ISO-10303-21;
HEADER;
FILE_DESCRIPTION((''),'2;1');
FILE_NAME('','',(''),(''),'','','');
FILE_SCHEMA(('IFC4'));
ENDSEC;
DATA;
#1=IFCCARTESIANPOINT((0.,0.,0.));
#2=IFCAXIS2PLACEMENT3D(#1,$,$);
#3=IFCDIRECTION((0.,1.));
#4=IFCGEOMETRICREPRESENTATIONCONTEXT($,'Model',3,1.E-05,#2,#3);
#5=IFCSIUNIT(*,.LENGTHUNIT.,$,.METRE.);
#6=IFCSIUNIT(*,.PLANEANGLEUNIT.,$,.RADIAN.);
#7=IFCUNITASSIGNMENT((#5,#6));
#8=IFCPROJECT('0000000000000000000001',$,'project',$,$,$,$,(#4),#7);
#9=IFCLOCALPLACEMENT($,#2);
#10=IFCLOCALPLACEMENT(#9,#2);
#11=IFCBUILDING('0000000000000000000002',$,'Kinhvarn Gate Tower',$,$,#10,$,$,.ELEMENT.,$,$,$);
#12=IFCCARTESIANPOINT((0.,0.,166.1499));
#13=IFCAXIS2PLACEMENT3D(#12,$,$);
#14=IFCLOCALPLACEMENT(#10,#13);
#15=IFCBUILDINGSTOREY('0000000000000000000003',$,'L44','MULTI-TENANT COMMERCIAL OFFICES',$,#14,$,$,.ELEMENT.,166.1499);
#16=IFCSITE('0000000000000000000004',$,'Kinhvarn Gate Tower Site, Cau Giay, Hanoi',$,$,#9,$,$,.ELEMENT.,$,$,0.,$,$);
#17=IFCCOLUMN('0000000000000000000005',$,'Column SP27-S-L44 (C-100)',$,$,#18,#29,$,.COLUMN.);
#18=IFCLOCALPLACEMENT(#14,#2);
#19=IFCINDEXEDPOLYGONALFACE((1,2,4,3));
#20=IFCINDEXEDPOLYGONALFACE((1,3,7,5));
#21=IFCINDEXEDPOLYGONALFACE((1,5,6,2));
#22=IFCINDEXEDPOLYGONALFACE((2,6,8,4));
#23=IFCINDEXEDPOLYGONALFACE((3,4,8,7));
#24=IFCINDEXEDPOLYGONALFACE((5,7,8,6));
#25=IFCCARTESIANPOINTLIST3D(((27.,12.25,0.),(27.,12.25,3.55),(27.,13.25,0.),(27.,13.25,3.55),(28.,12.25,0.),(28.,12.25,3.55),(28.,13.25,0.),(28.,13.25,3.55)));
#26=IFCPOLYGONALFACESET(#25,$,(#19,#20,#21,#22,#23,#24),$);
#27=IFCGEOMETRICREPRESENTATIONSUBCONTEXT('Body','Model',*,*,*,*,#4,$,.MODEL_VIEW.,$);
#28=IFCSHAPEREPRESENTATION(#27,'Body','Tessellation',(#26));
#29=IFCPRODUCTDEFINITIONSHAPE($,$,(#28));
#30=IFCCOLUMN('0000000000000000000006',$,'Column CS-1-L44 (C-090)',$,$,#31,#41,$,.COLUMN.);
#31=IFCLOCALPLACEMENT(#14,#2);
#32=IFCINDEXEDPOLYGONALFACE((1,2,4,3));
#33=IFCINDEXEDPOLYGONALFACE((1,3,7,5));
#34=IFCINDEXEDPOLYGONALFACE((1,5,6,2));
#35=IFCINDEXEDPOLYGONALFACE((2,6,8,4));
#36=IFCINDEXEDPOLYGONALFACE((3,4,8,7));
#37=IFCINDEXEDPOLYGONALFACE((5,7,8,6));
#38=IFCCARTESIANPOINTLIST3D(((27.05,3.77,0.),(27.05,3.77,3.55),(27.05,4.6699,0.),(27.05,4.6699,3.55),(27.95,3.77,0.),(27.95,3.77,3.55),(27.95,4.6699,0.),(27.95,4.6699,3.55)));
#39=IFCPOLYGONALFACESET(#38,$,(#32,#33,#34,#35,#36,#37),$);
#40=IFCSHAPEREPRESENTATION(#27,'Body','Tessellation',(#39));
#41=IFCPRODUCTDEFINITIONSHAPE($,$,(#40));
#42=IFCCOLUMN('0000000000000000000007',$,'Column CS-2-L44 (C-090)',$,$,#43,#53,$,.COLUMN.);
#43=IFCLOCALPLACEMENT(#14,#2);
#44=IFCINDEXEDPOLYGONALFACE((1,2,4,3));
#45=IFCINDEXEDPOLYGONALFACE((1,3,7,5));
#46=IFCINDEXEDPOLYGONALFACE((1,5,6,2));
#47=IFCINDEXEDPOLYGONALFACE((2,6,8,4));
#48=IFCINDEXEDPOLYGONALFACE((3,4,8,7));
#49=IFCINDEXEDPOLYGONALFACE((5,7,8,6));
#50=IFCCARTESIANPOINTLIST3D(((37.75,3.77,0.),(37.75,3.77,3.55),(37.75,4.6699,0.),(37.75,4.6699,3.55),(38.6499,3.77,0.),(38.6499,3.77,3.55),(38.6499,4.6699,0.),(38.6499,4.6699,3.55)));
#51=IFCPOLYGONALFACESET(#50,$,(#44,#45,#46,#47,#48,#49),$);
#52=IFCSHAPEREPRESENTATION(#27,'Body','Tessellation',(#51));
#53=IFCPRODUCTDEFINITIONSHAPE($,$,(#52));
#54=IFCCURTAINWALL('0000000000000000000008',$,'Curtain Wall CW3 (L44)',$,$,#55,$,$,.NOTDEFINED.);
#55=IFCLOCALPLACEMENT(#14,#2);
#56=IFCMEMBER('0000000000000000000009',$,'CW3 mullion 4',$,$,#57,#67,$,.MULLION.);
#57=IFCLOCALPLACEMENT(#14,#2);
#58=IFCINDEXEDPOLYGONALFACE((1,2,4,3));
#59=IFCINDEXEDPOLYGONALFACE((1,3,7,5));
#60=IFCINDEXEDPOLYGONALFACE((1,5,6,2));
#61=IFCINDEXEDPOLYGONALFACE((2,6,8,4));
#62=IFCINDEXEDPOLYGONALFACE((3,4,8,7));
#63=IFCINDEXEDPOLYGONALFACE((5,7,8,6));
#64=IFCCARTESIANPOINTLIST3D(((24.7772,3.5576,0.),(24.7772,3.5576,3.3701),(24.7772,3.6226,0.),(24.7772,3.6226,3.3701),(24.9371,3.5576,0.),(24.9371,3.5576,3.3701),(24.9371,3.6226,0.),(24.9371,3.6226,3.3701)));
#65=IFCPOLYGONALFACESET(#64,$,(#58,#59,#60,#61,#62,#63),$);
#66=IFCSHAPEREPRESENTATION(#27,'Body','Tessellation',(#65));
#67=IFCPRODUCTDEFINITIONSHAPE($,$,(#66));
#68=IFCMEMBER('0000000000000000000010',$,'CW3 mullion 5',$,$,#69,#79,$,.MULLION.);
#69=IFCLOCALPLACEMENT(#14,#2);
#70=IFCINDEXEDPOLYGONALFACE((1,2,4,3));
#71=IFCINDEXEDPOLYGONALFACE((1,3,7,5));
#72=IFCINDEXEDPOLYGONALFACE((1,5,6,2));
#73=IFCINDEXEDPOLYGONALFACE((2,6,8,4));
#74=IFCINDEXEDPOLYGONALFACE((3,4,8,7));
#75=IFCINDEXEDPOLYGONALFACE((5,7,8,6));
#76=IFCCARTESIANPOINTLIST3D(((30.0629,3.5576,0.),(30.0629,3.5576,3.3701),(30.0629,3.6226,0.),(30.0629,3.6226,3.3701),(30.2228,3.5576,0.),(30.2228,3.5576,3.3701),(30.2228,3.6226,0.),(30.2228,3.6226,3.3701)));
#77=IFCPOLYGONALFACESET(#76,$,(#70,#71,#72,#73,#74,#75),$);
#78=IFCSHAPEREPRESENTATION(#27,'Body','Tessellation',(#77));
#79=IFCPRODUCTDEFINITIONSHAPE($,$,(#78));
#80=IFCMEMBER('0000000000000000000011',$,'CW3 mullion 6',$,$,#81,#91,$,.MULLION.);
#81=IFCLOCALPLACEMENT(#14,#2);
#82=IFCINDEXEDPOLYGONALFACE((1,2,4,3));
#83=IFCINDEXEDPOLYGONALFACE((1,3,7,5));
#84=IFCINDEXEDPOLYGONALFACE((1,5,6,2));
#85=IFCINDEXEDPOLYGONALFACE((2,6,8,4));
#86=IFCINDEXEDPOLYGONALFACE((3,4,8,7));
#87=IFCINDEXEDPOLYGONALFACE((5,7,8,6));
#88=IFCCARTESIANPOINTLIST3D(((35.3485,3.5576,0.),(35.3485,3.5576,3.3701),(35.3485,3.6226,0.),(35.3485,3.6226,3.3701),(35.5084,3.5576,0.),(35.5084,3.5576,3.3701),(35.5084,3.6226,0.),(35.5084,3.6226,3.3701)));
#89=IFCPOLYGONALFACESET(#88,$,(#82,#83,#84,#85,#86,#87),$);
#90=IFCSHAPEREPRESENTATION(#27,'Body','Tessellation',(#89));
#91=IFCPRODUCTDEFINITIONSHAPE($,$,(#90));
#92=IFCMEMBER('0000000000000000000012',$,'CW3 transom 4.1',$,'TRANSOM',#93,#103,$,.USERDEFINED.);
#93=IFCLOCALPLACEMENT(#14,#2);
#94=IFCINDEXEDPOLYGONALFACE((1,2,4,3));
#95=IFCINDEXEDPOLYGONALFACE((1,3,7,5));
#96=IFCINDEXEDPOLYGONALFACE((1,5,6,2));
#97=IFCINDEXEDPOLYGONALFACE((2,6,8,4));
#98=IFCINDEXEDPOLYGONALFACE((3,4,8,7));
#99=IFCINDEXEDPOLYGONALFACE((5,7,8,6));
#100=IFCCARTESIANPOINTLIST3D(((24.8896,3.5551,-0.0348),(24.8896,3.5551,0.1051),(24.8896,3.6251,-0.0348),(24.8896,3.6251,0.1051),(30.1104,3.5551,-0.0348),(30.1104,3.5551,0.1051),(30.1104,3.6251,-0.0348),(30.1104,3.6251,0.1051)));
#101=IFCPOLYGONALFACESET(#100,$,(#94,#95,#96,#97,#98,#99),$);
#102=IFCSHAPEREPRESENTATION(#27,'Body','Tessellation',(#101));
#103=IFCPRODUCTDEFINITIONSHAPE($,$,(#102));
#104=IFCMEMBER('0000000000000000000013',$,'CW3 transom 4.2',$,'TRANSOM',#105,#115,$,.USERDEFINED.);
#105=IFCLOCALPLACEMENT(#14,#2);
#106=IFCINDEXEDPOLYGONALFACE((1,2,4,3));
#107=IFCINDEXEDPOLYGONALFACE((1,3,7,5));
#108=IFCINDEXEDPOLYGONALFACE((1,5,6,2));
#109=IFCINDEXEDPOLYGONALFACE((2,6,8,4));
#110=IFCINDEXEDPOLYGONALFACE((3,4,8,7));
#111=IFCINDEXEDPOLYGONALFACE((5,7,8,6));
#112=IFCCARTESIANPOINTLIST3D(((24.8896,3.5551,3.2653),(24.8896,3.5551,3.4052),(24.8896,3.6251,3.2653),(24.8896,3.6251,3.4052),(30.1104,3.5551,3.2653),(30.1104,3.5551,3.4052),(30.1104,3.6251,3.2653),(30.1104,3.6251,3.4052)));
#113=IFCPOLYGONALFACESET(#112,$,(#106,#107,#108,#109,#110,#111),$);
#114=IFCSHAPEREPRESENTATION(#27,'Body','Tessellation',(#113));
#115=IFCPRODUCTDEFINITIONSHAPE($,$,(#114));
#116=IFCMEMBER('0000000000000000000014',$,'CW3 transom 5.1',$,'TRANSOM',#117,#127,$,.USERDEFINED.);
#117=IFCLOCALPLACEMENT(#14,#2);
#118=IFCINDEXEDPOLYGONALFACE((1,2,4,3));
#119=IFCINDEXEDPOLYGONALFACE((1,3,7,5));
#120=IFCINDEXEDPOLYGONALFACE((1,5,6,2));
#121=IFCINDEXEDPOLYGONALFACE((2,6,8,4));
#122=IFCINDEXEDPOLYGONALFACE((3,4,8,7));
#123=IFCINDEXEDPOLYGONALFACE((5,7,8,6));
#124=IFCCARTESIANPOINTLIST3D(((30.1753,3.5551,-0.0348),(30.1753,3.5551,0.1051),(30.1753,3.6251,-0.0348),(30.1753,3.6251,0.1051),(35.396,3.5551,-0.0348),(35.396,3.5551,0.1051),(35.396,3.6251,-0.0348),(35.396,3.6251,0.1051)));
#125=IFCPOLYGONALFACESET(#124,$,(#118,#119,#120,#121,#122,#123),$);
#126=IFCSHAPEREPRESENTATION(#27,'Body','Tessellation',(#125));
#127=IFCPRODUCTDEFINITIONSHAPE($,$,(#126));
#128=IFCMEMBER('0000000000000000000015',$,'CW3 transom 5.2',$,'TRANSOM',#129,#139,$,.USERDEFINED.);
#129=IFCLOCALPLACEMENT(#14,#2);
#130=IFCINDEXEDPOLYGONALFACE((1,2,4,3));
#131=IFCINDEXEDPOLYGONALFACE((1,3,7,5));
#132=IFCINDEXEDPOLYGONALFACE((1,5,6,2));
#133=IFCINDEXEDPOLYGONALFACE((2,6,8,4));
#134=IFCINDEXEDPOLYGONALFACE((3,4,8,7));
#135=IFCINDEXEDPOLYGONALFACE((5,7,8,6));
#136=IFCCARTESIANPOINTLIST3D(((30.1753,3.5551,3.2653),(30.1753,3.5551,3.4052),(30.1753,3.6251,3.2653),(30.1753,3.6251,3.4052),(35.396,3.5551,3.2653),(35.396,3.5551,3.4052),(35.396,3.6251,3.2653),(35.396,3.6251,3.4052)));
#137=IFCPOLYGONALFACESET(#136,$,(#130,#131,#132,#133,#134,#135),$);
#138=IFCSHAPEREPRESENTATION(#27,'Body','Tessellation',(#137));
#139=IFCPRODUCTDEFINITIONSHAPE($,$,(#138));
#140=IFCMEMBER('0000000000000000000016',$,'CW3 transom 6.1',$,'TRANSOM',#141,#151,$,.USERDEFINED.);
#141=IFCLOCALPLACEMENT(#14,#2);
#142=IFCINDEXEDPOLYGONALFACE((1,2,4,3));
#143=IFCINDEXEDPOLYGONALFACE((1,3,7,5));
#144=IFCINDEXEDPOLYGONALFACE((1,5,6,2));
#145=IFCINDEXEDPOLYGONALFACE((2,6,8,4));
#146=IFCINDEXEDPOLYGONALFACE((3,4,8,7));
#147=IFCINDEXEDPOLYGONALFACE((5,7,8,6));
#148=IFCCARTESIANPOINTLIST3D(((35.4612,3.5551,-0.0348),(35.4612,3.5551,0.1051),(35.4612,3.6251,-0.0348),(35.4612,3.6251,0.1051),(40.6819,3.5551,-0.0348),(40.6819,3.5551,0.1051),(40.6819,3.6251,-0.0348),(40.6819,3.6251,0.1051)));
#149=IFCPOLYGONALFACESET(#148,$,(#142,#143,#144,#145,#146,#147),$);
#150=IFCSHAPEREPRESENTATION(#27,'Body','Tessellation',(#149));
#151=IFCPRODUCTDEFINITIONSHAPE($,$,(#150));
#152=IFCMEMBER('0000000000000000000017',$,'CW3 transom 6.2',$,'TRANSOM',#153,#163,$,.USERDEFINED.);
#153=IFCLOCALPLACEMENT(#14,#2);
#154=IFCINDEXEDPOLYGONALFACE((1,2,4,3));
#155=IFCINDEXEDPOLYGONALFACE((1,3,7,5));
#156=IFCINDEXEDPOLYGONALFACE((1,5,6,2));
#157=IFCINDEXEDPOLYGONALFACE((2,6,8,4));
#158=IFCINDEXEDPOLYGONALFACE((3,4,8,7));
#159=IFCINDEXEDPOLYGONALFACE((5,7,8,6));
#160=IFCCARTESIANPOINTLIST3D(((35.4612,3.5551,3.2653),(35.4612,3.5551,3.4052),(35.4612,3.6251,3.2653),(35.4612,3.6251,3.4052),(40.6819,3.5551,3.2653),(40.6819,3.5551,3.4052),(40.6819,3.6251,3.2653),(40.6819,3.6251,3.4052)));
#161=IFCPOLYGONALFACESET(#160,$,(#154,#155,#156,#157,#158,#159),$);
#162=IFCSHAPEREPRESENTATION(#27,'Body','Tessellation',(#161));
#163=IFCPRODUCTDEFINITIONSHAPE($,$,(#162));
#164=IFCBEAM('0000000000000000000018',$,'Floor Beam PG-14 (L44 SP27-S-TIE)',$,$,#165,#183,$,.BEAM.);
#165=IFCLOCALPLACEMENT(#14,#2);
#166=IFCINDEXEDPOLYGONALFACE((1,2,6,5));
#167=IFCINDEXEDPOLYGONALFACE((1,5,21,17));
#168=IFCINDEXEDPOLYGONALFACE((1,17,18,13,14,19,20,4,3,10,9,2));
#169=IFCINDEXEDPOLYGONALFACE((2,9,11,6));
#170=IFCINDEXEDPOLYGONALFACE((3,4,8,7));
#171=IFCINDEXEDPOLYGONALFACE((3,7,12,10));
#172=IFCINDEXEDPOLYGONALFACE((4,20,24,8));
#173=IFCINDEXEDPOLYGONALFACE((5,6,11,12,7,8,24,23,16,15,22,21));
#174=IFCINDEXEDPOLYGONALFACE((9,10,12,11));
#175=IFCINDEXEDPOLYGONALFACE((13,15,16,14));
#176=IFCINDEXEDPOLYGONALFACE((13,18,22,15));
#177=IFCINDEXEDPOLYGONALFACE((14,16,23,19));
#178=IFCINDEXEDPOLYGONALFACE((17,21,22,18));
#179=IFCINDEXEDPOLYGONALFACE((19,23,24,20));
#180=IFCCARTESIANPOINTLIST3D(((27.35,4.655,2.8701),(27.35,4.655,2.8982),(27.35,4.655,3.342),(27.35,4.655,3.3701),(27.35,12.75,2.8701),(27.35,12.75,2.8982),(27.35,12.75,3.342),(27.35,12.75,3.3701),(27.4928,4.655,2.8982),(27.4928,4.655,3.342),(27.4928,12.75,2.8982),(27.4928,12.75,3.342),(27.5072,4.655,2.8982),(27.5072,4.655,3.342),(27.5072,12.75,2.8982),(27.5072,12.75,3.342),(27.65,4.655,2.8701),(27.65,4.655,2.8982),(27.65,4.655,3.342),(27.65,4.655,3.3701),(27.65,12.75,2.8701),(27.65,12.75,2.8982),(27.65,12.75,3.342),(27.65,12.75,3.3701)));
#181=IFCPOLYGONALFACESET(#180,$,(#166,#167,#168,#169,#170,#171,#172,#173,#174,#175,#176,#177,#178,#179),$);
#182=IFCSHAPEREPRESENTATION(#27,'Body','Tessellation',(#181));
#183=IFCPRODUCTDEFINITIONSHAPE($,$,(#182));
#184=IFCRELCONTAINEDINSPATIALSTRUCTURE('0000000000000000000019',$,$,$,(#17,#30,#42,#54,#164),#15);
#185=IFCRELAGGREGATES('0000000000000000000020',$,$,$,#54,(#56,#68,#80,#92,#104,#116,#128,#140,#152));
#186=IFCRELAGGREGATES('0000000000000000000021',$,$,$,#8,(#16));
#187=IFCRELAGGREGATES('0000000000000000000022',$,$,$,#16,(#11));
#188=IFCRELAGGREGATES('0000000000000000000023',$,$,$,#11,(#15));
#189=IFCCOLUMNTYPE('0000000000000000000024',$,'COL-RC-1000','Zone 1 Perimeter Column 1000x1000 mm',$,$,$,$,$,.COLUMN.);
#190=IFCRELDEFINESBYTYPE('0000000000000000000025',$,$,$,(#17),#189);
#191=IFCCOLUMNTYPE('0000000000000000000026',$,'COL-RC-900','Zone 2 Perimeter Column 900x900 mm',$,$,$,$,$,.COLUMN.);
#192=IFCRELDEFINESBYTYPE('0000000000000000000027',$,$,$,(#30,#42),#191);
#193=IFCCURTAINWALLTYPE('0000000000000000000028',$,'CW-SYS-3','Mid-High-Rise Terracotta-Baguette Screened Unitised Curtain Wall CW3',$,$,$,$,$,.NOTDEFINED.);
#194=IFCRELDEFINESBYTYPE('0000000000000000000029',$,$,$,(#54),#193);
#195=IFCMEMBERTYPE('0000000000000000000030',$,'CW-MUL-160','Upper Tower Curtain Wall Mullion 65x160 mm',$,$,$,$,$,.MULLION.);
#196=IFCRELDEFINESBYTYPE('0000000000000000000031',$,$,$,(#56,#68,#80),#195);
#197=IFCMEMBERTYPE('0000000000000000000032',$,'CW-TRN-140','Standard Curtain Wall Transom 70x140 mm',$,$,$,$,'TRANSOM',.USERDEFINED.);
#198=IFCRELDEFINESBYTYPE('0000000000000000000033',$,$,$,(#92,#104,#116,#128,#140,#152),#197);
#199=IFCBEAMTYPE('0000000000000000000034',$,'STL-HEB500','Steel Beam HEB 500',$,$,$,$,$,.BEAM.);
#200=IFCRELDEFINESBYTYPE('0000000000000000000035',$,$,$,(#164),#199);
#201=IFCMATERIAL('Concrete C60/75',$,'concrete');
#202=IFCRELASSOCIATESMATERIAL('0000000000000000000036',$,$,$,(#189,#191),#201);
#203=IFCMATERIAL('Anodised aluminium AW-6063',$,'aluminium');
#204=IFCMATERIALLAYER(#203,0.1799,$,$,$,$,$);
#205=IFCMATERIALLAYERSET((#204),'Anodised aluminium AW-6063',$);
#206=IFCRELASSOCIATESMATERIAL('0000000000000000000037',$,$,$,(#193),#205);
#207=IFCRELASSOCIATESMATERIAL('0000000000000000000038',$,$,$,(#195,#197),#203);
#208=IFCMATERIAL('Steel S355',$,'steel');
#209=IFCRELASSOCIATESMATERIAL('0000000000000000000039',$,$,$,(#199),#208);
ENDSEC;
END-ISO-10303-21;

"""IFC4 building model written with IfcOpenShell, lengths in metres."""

from ifc_helpers import new_model, si_unit, direction, frame, origin, origin_2d, place, context, subcontext, project, spatial, rectangle, i_section, extrude, material, layer, layer_set, material_profile, profile_set, type_object, element, aggregate, save


model = new_model("IFC4")

# Units and contexts
model_context = context("Model", 3, precision=1e-05, world=origin(), true_north=direction((0.0, 1.0)))
body_context = subcontext(model_context, "Body", "Model", "MODEL_VIEW")
ifc_project = project(units=[si_unit("LENGTHUNIT", "METRE"), si_unit("PLANEANGLEUNIT", "RADIAN")], contexts=[model_context])

# Site, building, storey
site_placement = place(None, origin())
site = spatial("IfcSite", under=ifc_project, at=site_placement, Name="Kinhvarn Gate Tower Site, Cau Giay, Hanoi", CompositionType="ELEMENT", RefElevation=0.0)
building_placement = place(site_placement, origin())
building = spatial("IfcBuilding", under=site, at=building_placement, Name="Kinhvarn Gate Tower", CompositionType="ELEMENT")
storey_placement = place(building_placement, frame((0.0, 0.0, 166.1499)))
storey = spatial("IfcBuildingStorey", under=building, at=storey_placement, Name="L44", Description="MULTI-TENANT COMMERCIAL OFFICES", CompositionType="ELEMENT", Elevation=166.1499)

# Columns
ifc_material_1 = material(Name="Concrete C60/75", Category="concrete")
ifc_material_profile_1 = material_profile(ifc_material_1, rectangle(XDim=1.0, YDim=1.0, at=origin_2d()), Name="RC 1000x1000")
ifc_profile_set_1 = profile_set([ifc_material_profile_1], Name="Concrete C60/75")
column_type_1 = type_object("IfcColumnType", Name="COL-RC-1000", Description="Zone 1 Perimeter Column 1000x1000 mm", PredefinedType="COLUMN", material=ifc_profile_set_1)
column_placement = place(storey_placement, frame((27.5, 12.75, 0.0), z_axis=(0.0, 0.0, 1.0), x_axis=(1.0, 0.0, 0.0)))
element("IfcColumn", 1, at=column_placement, inside=storey, type_object=column_type_1, Name="Column SP27-S-L44 (C-100)", PredefinedType="COLUMN", context=body_context, shape_type="SweptSolid", body=[
    extrude(rectangle(XDim=1.0, YDim=1.0, at=origin_2d()), origin(), (0.0, 0.0, 1.0), 3.55),
])
ifc_material_profile_2 = material_profile(ifc_material_1, rectangle(XDim=0.8999, YDim=0.8999, at=origin_2d()), Name="RC 900x900")
ifc_profile_set_2 = profile_set([ifc_material_profile_2], Name="Concrete C60/75")
column_type_2 = type_object("IfcColumnType", Name="COL-RC-900", Description="Zone 2 Perimeter Column 900x900 mm", PredefinedType="COLUMN", material=ifc_profile_set_2)
for number, where, z_axis, x_axis, name in (
    (2, (27.5, 4.22, 0.0), (0.0, 0.0, 1.0), (1.0, 0.0, 0.0), "Column CS-1-L44 (C-090)"),
    (3, (38.2, 4.22, 0.0), (0.0, 0.0, 1.0), (1.0, 0.0, 0.0), "Column CS-2-L44 (C-090)"),
):
    element("IfcColumn", number, at=place(storey_placement, frame(where, z_axis=z_axis, x_axis=x_axis)), inside=storey, type_object=column_type_2, Name=name, PredefinedType="COLUMN", context=body_context, shape_type="SweptSolid", body=[
        extrude(rectangle(XDim=0.8999, YDim=0.8999, at=origin_2d()), origin(), (0.0, 0.0, 1.0), 3.55),
    ])

# Curtain wall, members
ifc_material_2 = material(Name="Anodised aluminium AW-6063", Category="aluminium")
ifc_layer_1 = layer(ifc_material_2, 0.1799)
ifc_layer_set_1 = layer_set([ifc_layer_1], Name="Anodised aluminium AW-6063")
curtain_wall_type = type_object("IfcCurtainWallType", Name="CW-SYS-3", Description="Mid-High-Rise Terracotta-Baguette Screened Unitised Curtain Wall CW3", PredefinedType="NOTDEFINED", material=ifc_layer_set_1)
curtain_wall_placement = place(storey_placement, origin())
curtain_wall = element("IfcCurtainWall", 4, at=curtain_wall_placement, inside=storey, type_object=curtain_wall_type, Name="Curtain Wall CW3 (L44)", PredefinedType="NOTDEFINED")
ifc_material_profile_3 = material_profile(ifc_material_2, rectangle(XDim=0.0649, YDim=0.1599, at=origin_2d()), Name="ALU 65x160")
ifc_profile_set_3 = profile_set([ifc_material_profile_3], Name="Anodised aluminium AW-6063")
member_type_1 = type_object("IfcMemberType", Name="CW-MUL-160", Description="Upper Tower Curtain Wall Mullion 65x160 mm", PredefinedType="MULLION", material=ifc_profile_set_3)
member_1_placement = place(storey_placement, frame((24.8572, 3.5901, 0.0), z_axis=(0.0, 0.0, 1.0), x_axis=(0.0, 1.0, 0.0)))
member_1 = element("IfcMember", 5, at=member_1_placement, type_object=member_type_1, Name="CW3 mullion 4", PredefinedType="MULLION", context=body_context, shape_type="SweptSolid", body=[
    extrude(rectangle(XDim=0.0649, YDim=0.1599, at=origin_2d()), origin(), (0.0, 0.0, 1.0), 3.3701),
])
member_2_placement = place(storey_placement, frame((30.1428, 3.5901, 0.0), z_axis=(0.0, 0.0, 1.0), x_axis=(0.0, 1.0, 0.0)))
member_2 = element("IfcMember", 6, at=member_2_placement, type_object=member_type_1, Name="CW3 mullion 5", PredefinedType="MULLION", context=body_context, shape_type="SweptSolid", body=[
    extrude(rectangle(XDim=0.0649, YDim=0.1599, at=origin_2d()), origin(), (0.0, 0.0, 1.0), 3.3701),
])
member_3_placement = place(storey_placement, frame((35.4285, 3.5901, 0.0), z_axis=(0.0, 0.0, 1.0), x_axis=(0.0, 1.0, 0.0)))
member_3 = element("IfcMember", 7, at=member_3_placement, type_object=member_type_1, Name="CW3 mullion 6", PredefinedType="MULLION", context=body_context, shape_type="SweptSolid", body=[
    extrude(rectangle(XDim=0.0649, YDim=0.1599, at=origin_2d()), origin(), (0.0, 0.0, 1.0), 3.3701),
])
ifc_material_profile_4 = material_profile(ifc_material_2, rectangle(XDim=0.0701, YDim=0.1399, at=origin_2d()), Name="ALU 70x140")
ifc_profile_set_4 = profile_set([ifc_material_profile_4], Name="Anodised aluminium AW-6063")
member_type_2 = type_object("IfcMemberType", Name="CW-TRN-140", Description="Standard Curtain Wall Transom 70x140 mm", ElementType="TRANSOM", PredefinedType="USERDEFINED", material=ifc_profile_set_4)
member_4_placement = place(storey_placement, frame((24.8896, 3.5901, 0.0352), z_axis=(1.0, 0.0, 0.0), x_axis=(0.0, 1.0, 0.0)))
member_4 = element("IfcMember", 8, at=member_4_placement, type_object=member_type_2, Name="CW3 transom 4.1", ObjectType="TRANSOM", PredefinedType="USERDEFINED", context=body_context, shape_type="SweptSolid", body=[
    extrude(rectangle(XDim=0.0701, YDim=0.1399, at=origin_2d()), origin(), (0.0, 0.0, 1.0), 5.2207),
])
member_5_placement = place(storey_placement, frame((24.8896, 3.5901, 3.3352), z_axis=(1.0, 0.0, 0.0), x_axis=(0.0, 1.0, 0.0)))
member_5 = element("IfcMember", 9, at=member_5_placement, type_object=member_type_2, Name="CW3 transom 4.2", ObjectType="TRANSOM", PredefinedType="USERDEFINED", context=body_context, shape_type="SweptSolid", body=[
    extrude(rectangle(XDim=0.0701, YDim=0.1399, at=origin_2d()), origin(), (0.0, 0.0, 1.0), 5.2207),
])
member_6_placement = place(storey_placement, frame((30.1753, 3.5901, 0.0352), z_axis=(1.0, 0.0, 0.0), x_axis=(0.0, 1.0, 0.0)))
member_6 = element("IfcMember", 10, at=member_6_placement, type_object=member_type_2, Name="CW3 transom 5.1", ObjectType="TRANSOM", PredefinedType="USERDEFINED", context=body_context, shape_type="SweptSolid", body=[
    extrude(rectangle(XDim=0.0701, YDim=0.1399, at=origin_2d()), origin(), (0.0, 0.0, 1.0), 5.2207),
])
member_7_placement = place(storey_placement, frame((30.1753, 3.5901, 3.3352), z_axis=(1.0, 0.0, 0.0), x_axis=(0.0, 1.0, 0.0)))
member_7 = element("IfcMember", 11, at=member_7_placement, type_object=member_type_2, Name="CW3 transom 5.2", ObjectType="TRANSOM", PredefinedType="USERDEFINED", context=body_context, shape_type="SweptSolid", body=[
    extrude(rectangle(XDim=0.0701, YDim=0.1399, at=origin_2d()), origin(), (0.0, 0.0, 1.0), 5.2207),
])
member_8_placement = place(storey_placement, frame((35.4612, 3.5901, 0.0352), z_axis=(1.0, 0.0, 0.0), x_axis=(0.0, 1.0, 0.0)))
member_8 = element("IfcMember", 12, at=member_8_placement, type_object=member_type_2, Name="CW3 transom 6.1", ObjectType="TRANSOM", PredefinedType="USERDEFINED", context=body_context, shape_type="SweptSolid", body=[
    extrude(rectangle(XDim=0.0701, YDim=0.1399, at=origin_2d()), origin(), (0.0, 0.0, 1.0), 5.2207),
])
member_9_placement = place(storey_placement, frame((35.4612, 3.5901, 3.3352), z_axis=(1.0, 0.0, 0.0), x_axis=(0.0, 1.0, 0.0)))
member_9 = element("IfcMember", 13, at=member_9_placement, type_object=member_type_2, Name="CW3 transom 6.2", ObjectType="TRANSOM", PredefinedType="USERDEFINED", context=body_context, shape_type="SweptSolid", body=[
    extrude(rectangle(XDim=0.0701, YDim=0.1399, at=origin_2d()), origin(), (0.0, 0.0, 1.0), 5.2207),
])

# Beam
ifc_material_3 = material(Name="Steel S355", Category="steel")
ifc_material_profile_5 = material_profile(ifc_material_3, i_section(OverallWidth=0.3, OverallDepth=0.5, WebThickness=0.0144, FlangeThickness=0.0281, at=origin_2d()), Name="HEB 500")
ifc_profile_set_5 = profile_set([ifc_material_profile_5], Name="Steel S355")
beam_type_1 = type_object("IfcBeamType", Name="STL-HEB500", Description="Steel Beam HEB 500", PredefinedType="BEAM", material=ifc_profile_set_5)
beam_1_placement = place(storey_placement, frame((27.5, 4.655, 3.1201), z_axis=(0.0, 1.0, 0.0), x_axis=(-1.0, 0.0, 0.0)))
element("IfcBeam", 14, at=beam_1_placement, inside=storey, type_object=beam_type_1, Name="Floor Beam PG-14 (L44 SP27-S-TIE)", PredefinedType="BEAM", context=body_context, shape_type="SweptSolid", body=[
    extrude(i_section(OverallWidth=0.3, OverallDepth=0.5, WebThickness=0.0144, FlangeThickness=0.0281, at=origin_2d()), origin(), (0.0, 0.0, 1.0), 8.095),
])

aggregate(curtain_wall, [member_1, member_2, member_3, member_4, member_5, member_6, member_7, member_8, member_9])

save(model, "model.ifc")
